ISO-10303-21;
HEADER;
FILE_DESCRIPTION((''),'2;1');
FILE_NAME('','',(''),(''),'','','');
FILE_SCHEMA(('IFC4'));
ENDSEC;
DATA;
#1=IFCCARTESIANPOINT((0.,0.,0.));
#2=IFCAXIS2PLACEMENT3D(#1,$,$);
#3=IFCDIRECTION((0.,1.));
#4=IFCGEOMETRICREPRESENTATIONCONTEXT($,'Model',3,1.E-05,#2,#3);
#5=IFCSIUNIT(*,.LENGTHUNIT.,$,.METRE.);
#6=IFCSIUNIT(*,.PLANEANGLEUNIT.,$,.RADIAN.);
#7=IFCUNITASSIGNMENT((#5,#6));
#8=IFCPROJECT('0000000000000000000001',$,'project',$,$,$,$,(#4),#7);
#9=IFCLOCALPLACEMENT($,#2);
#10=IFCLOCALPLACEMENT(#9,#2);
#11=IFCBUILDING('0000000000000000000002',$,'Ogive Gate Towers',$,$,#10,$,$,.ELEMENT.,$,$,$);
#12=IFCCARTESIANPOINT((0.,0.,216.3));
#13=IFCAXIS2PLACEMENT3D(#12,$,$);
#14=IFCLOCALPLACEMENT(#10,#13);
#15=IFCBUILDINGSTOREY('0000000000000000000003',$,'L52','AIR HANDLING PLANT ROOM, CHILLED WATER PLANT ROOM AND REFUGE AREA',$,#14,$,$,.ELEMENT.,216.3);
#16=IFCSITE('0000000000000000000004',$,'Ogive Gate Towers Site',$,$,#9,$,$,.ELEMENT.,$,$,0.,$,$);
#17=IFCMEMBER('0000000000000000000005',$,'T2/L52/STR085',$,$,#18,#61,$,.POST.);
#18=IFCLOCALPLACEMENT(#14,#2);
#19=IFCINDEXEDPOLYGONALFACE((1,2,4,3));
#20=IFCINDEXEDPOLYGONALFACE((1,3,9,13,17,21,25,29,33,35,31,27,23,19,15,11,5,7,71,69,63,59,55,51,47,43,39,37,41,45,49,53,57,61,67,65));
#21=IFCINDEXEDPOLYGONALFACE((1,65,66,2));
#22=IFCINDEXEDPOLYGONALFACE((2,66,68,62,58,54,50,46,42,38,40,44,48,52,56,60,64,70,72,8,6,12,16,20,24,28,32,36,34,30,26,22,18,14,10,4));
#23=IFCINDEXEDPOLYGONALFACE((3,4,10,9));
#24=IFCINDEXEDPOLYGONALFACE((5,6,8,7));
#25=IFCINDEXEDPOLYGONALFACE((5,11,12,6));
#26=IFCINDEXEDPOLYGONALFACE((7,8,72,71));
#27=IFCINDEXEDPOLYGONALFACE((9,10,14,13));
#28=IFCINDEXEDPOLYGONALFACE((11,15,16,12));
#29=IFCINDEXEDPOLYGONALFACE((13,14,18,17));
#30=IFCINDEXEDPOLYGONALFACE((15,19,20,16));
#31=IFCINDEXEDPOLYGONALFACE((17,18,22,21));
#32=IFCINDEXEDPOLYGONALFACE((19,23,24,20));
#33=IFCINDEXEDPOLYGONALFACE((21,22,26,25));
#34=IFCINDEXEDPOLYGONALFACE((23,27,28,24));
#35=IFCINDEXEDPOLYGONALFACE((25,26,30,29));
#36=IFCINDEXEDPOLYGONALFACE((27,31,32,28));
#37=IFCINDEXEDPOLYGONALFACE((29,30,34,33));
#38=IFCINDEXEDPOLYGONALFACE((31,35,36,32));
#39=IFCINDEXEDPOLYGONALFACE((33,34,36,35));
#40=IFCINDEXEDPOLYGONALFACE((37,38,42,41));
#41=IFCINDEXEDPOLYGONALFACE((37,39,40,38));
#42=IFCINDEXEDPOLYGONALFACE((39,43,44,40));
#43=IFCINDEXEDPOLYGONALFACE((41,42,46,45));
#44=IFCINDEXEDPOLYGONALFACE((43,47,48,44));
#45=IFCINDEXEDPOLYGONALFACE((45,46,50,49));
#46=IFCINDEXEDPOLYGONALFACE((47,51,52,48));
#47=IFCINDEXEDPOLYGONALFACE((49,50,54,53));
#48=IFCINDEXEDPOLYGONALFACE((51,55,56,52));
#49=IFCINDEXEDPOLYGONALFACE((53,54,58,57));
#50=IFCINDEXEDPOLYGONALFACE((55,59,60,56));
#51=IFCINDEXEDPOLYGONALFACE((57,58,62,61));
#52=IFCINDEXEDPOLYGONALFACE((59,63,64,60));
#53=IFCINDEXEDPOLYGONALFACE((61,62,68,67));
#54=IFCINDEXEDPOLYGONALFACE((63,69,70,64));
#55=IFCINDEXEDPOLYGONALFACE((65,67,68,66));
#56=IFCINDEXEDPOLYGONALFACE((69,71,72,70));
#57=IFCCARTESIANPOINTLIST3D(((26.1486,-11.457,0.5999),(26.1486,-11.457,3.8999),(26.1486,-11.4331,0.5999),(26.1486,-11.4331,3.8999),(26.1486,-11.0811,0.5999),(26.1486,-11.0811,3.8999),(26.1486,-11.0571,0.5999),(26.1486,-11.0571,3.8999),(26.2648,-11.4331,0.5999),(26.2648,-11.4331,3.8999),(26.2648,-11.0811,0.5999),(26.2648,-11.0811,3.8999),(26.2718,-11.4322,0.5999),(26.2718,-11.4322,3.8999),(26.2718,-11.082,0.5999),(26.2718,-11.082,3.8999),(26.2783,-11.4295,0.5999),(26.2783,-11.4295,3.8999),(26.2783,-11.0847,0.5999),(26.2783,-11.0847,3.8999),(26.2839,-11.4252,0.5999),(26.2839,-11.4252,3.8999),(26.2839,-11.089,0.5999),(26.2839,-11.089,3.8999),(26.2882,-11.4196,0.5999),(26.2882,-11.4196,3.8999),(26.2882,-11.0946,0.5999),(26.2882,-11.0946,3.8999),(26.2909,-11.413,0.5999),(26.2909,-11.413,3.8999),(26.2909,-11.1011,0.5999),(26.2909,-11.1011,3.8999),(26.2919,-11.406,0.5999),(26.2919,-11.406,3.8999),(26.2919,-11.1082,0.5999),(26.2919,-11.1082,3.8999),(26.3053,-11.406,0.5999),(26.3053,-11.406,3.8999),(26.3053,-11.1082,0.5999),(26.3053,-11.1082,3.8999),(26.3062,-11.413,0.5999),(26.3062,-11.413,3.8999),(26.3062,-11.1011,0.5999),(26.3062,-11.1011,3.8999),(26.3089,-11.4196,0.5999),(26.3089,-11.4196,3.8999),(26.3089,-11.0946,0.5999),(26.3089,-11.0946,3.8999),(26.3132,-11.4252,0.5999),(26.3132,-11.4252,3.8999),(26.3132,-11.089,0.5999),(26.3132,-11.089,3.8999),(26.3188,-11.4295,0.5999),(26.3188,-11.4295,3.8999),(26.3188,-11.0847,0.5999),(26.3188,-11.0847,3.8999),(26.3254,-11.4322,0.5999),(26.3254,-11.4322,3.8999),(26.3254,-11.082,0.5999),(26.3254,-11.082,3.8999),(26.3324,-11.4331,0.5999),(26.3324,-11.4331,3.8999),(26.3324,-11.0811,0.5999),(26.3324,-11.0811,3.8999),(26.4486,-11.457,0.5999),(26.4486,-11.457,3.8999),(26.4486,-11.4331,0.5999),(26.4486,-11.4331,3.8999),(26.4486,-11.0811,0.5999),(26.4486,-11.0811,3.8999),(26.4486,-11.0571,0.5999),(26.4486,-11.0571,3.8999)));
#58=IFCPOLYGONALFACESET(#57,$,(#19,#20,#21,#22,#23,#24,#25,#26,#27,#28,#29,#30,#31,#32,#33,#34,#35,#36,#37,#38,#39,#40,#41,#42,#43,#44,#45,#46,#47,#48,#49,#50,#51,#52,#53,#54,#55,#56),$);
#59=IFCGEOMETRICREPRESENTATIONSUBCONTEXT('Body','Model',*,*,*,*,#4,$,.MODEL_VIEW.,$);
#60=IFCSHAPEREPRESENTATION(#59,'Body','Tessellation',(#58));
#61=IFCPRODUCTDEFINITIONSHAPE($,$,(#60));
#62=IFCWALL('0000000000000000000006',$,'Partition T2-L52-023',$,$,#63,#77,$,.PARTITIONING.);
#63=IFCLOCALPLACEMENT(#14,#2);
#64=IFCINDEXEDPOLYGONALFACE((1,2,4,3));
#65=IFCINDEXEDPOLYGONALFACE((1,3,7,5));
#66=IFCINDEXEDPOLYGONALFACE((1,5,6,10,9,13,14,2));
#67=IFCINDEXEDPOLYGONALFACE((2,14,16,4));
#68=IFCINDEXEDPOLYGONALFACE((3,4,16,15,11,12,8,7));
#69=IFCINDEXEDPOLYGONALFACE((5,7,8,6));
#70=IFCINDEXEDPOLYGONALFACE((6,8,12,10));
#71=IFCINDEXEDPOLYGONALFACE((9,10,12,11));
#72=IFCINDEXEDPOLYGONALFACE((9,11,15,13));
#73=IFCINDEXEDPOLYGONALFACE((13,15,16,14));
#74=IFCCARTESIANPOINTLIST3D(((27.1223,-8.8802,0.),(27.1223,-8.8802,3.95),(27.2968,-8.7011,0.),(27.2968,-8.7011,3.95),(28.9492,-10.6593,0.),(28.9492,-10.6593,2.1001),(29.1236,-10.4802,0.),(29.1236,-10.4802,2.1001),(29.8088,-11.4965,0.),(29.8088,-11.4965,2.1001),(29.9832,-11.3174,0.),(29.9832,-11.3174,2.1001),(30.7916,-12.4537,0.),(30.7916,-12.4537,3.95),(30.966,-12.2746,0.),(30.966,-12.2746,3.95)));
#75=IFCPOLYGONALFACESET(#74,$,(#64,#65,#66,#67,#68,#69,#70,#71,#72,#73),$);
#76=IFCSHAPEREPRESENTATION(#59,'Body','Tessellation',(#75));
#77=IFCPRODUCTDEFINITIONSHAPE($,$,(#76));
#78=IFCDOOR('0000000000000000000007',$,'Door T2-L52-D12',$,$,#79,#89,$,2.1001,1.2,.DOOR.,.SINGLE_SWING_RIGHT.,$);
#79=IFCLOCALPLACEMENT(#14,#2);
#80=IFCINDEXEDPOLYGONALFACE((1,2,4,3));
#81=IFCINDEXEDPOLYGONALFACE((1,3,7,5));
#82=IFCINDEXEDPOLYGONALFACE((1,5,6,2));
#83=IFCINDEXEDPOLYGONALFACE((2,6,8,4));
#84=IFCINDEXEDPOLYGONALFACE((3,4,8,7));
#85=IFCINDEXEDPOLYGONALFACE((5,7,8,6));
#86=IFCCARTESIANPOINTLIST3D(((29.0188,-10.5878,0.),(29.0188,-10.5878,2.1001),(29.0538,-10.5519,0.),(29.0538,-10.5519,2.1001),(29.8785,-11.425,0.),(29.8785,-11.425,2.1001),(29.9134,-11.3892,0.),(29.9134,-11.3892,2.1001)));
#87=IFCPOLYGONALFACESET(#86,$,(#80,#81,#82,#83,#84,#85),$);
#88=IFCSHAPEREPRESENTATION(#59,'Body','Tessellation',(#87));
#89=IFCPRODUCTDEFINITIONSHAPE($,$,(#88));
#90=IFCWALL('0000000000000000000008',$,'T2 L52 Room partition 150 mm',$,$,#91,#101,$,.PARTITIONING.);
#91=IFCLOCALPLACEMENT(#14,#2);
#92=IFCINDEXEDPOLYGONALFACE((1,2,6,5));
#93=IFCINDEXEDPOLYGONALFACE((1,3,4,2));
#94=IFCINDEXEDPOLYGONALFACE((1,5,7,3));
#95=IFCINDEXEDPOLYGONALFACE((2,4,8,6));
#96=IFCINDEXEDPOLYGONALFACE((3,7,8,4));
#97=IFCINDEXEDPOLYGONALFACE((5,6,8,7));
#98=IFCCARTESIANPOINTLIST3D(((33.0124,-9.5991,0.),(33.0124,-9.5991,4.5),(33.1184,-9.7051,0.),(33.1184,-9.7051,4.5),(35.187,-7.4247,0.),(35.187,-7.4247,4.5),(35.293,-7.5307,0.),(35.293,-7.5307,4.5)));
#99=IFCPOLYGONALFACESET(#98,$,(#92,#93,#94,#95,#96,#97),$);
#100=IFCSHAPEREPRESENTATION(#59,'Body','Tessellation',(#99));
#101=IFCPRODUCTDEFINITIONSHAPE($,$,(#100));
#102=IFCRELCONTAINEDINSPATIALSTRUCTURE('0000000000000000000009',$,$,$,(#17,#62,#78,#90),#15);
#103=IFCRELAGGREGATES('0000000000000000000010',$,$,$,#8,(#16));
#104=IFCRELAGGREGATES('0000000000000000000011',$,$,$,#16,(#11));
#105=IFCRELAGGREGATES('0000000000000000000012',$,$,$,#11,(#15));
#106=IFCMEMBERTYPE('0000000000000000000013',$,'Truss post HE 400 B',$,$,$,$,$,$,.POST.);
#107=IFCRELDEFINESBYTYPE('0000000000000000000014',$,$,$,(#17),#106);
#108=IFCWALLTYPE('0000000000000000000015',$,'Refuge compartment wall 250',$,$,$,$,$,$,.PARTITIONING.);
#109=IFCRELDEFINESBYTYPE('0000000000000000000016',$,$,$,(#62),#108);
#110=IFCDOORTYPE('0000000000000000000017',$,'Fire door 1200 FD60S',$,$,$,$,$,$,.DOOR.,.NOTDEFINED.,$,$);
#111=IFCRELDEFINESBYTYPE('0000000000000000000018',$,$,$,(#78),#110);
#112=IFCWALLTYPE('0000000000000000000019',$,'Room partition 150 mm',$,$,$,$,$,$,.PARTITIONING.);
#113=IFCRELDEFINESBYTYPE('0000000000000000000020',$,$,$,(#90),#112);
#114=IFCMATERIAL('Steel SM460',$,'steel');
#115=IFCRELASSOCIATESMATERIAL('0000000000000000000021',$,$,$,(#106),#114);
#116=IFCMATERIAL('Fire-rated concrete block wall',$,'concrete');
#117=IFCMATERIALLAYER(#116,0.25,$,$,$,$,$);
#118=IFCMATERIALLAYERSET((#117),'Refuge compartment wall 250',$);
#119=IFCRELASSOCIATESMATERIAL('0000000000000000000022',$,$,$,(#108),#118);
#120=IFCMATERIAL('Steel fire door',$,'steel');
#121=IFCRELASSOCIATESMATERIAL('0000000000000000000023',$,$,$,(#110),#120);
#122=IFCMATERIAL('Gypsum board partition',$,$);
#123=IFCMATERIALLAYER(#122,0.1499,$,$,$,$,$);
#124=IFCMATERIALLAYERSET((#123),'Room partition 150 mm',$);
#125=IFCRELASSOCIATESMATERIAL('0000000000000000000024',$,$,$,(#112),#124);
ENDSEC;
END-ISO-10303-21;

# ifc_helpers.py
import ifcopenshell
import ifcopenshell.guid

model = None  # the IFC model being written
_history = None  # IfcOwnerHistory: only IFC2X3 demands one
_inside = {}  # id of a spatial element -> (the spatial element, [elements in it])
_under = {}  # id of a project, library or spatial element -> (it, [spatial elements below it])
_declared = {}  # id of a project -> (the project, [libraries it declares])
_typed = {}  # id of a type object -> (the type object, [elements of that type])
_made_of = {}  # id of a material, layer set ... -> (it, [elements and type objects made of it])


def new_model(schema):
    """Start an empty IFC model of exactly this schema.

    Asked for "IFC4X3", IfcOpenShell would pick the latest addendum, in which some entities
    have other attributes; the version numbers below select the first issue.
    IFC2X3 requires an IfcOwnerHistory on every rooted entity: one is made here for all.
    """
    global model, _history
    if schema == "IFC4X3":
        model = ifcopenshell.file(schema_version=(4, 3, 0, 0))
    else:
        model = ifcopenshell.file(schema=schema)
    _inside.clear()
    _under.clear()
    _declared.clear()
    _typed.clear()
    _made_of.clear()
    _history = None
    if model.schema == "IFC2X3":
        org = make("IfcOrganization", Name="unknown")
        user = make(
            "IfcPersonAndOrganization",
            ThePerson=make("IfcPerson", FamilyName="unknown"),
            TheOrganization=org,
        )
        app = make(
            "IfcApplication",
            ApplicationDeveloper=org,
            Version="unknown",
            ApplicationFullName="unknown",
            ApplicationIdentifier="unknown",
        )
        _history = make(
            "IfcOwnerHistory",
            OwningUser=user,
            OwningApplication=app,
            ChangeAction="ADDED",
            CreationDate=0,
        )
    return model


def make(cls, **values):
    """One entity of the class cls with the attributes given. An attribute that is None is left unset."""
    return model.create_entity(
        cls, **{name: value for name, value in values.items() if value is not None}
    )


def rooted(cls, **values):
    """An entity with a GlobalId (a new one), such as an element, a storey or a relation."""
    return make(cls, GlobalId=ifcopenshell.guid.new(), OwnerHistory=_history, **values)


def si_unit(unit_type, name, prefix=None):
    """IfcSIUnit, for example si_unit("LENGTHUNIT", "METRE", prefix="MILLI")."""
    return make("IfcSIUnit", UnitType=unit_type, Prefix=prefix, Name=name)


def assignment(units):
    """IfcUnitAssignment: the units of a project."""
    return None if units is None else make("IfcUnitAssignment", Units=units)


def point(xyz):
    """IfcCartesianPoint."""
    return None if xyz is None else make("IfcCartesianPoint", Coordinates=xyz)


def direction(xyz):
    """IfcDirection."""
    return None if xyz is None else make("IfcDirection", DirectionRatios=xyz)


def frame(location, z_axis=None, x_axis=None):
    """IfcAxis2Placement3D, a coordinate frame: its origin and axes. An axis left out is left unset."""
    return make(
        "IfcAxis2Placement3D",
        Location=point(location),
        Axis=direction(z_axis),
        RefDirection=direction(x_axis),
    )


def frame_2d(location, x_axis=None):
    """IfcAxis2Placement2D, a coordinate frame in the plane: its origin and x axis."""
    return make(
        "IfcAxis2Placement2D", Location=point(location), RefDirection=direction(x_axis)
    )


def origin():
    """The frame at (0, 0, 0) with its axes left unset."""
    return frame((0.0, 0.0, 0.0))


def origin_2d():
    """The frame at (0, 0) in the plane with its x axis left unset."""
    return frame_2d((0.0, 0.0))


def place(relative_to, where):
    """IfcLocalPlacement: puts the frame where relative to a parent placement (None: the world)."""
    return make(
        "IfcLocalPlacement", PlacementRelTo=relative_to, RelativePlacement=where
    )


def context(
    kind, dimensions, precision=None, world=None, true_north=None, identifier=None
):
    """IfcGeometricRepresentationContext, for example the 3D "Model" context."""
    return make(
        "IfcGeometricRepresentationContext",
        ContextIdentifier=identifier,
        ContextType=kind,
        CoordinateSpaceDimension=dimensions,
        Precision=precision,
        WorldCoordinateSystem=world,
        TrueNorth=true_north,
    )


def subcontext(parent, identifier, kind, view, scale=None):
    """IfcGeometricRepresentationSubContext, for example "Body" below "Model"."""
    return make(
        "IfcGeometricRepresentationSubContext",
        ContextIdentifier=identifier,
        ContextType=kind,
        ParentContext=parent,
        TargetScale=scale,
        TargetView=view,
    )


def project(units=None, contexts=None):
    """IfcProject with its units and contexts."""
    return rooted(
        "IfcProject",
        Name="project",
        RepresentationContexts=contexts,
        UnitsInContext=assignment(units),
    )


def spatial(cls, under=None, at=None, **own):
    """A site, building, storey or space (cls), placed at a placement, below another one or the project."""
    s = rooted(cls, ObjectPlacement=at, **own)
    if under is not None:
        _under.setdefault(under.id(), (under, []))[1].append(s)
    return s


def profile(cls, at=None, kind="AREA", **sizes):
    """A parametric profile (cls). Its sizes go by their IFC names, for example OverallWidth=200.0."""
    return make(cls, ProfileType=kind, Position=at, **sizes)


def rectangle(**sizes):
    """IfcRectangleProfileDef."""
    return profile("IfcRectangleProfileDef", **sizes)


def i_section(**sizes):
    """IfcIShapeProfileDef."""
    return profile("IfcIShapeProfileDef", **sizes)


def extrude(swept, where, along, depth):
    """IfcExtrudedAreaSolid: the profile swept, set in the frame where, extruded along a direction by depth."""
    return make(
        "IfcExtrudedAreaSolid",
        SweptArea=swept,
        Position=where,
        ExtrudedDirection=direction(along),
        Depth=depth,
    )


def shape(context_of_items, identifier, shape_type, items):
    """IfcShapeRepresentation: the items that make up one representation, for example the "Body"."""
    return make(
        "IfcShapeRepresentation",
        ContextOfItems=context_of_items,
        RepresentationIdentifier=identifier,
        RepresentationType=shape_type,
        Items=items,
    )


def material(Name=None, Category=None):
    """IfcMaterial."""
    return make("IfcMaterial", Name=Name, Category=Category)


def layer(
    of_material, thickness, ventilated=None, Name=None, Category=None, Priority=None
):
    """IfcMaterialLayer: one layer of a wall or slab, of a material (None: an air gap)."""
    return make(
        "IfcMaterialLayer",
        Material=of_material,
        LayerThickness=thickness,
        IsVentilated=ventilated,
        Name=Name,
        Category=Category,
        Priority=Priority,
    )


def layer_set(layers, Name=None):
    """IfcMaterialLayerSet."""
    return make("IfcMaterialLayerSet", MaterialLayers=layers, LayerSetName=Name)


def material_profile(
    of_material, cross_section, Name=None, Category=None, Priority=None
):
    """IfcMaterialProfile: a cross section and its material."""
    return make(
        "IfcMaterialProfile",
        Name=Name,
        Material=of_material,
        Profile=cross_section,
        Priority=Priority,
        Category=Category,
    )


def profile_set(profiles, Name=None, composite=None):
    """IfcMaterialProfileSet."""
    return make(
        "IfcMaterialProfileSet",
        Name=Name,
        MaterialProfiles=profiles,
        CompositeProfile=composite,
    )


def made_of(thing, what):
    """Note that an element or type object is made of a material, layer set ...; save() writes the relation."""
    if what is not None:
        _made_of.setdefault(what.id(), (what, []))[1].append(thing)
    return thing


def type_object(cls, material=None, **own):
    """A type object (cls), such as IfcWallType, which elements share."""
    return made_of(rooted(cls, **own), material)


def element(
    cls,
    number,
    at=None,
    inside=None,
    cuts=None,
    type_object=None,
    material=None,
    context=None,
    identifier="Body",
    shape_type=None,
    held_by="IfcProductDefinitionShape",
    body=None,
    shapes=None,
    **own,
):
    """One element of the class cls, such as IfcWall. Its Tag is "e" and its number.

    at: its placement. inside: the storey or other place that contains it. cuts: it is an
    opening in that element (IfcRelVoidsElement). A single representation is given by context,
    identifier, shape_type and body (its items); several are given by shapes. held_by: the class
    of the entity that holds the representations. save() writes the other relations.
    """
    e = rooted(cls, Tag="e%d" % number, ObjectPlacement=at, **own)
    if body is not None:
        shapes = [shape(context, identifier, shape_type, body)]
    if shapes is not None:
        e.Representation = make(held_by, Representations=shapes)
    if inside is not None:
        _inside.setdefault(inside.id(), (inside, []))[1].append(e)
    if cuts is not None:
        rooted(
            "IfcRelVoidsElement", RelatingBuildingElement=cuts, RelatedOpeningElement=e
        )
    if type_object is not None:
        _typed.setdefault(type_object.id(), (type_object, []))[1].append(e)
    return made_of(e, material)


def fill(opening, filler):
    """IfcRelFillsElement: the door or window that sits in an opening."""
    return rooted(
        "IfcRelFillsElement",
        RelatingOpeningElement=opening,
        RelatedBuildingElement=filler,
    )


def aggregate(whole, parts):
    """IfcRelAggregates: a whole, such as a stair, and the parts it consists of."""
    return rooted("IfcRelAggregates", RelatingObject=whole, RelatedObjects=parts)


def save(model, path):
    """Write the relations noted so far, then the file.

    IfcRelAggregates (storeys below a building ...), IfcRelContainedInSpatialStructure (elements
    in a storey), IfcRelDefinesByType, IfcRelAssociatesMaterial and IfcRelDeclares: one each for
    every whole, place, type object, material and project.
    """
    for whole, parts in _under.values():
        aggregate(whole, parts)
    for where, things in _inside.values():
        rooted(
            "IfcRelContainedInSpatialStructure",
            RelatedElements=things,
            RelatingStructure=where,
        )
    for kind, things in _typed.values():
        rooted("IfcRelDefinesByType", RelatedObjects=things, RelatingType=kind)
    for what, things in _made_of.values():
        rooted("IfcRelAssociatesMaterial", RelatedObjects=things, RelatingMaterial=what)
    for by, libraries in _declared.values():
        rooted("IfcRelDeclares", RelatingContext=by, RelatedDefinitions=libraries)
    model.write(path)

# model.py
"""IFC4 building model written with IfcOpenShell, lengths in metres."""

from ifc_helpers import new_model, si_unit, direction, frame, frame_2d, origin, origin_2d, place, context, subcontext, project, spatial, rectangle, i_section, extrude, material, layer, layer_set, material_profile, profile_set, type_object, element, fill, save


model = new_model("IFC4")

# Units and contexts
model_context = context("Model", 3, precision=1e-05, world=origin(), true_north=direction((0.0, 1.0)))
body_context = subcontext(model_context, "Body", "Model", "MODEL_VIEW")
ifc_project = project(units=[si_unit("LENGTHUNIT", "METRE"), si_unit("PLANEANGLEUNIT", "RADIAN")], contexts=[model_context])

# Site, building, storey
site_placement = place(None, origin())
site = spatial("IfcSite", under=ifc_project, at=site_placement, Name="Ogive Gate Towers Site", CompositionType="ELEMENT", RefElevation=0.0)
building_placement = place(site_placement, origin())
building = spatial("IfcBuilding", under=site, at=building_placement, Name="Ogive Gate Towers", CompositionType="ELEMENT")
storey_placement = place(building_placement, frame((0.0, 0.0, 216.3)))
storey = spatial("IfcBuildingStorey", under=building, at=storey_placement, Name="L52", Description="AIR HANDLING PLANT ROOM, CHILLED WATER PLANT ROOM AND REFUGE AREA", CompositionType="ELEMENT", Elevation=216.3)

# Member
ifc_material_1 = material(Name="Steel SM460", Category="steel")
ifc_material_profile_1 = material_profile(ifc_material_1, i_section(OverallWidth=0.3, OverallDepth=0.3999, WebThickness=0.0134, FlangeThickness=0.0239, FilletRadius=0.0271, at=origin_2d()), Name="HE 400 B")
ifc_profile_set_1 = profile_set([ifc_material_profile_1], Name="Steel SM460")
member_type_1 = type_object("IfcMemberType", Name="Truss post HE 400 B", PredefinedType="POST", material=ifc_profile_set_1)
for number, where, z_axis, x_axis, name in (
    (1, (26.2986, -11.2571, 0.5999), (0.0, 0.0, 1.0), (1.0, 0.0, 0.0), "T2/L52/STR085"),
):
    element("IfcMember", number, at=place(storey_placement, frame(where, z_axis=z_axis, x_axis=x_axis)), inside=storey, type_object=member_type_1, Name=name, PredefinedType="POST", context=body_context, shape_type="SweptSolid", body=[
        extrude(i_section(OverallWidth=0.3, OverallDepth=0.3999, WebThickness=0.0134, FlangeThickness=0.0239, FilletRadius=0.0271, at=origin_2d()), origin(), (0.0, 0.0, 1.0), 3.3),
    ])

# Wall, opening, door
ifc_material_2 = material(Name="Fire-rated concrete block wall", Category="concrete")
ifc_layer_1 = layer(ifc_material_2, 0.25)
ifc_layer_set_1 = layer_set([ifc_layer_1], Name="Refuge compartment wall 250")
wall_type_1 = type_object("IfcWallType", Name="Refuge compartment wall 250", PredefinedType="PARTITIONING", material=ifc_layer_set_1)
wall_1_placement = place(storey_placement, frame((27.2095, -8.7905, 0.0), z_axis=(0.0, 0.0, 1.0), x_axis=(0.716388, -0.697702, 0.0)))
wall_1 = element("IfcWall", 2, at=wall_1_placement, inside=storey, type_object=wall_type_1, Name="Partition T2-L52-023", PredefinedType="PARTITIONING", context=body_context, shape_type="SweptSolid", body=[
    extrude(rectangle(XDim=5.1218, YDim=0.25, at=frame_2d((2.561, 0.0))), origin(), (0.0, 0.0, 1.0), 3.95),
])
opening_placement = place(wall_1_placement, frame((2.55, 0.0, 0.0)))
opening = element("IfcOpeningElement", 3, at=opening_placement, cuts=wall_1, PredefinedType="OPENING", context=body_context, shape_type="SweptSolid", body=[
    extrude(rectangle(XDim=1.2, YDim=2.1001, at=frame_2d((0.6001, 1.05))), frame((0.0, 0.135, 0.0), z_axis=(0.0, -1.0, 0.0), x_axis=(1.0, 0.0, 0.0)), (0.0, 0.0, 1.0), 0.27),
])
ifc_material_3 = material(Name="Steel fire door", Category="steel")
door_type = type_object("IfcDoorType", Name="Fire door 1200 FD60S", OperationType="NOTDEFINED", PredefinedType="DOOR", material=ifc_material_3)
door_placement = place(opening_placement, origin())
door = element("IfcDoor", 4, at=door_placement, inside=storey, type_object=door_type, Name="Door T2-L52-D12", OperationType="SINGLE_SWING_RIGHT", OverallHeight=2.1001, OverallWidth=1.2, PredefinedType="DOOR", context=body_context, shape_type="SweptSolid", body=[
    extrude(rectangle(XDim=1.2, YDim=2.1001, at=frame_2d((0.6001, 1.05))), frame((0.0, 0.0249, 0.0), z_axis=(0.0, -1.0, 0.0), x_axis=(1.0, 0.0, 0.0)), (0.0, 0.0, 1.0), 0.05),
])
fill(opening, door)

# Wall
ifc_material_4 = material(Name="Gypsum board partition")
ifc_layer_2 = layer(ifc_material_4, 0.1499)
ifc_layer_set_2 = layer_set([ifc_layer_2], Name="Room partition 150 mm")
wall_type_2 = type_object("IfcWallType", Name="Room partition 150 mm", PredefinedType="PARTITIONING", material=ifc_layer_set_2)
wall_2_placement = place(storey_placement, frame((33.0654, -9.6521, 0.0), z_axis=(0.0, 0.0, 1.0), x_axis=(0.707146, 0.707067, 0.0)))
element("IfcWall", 5, at=wall_2_placement, inside=storey, type_object=wall_type_2, Name="T2 L52 Room partition 150 mm", PredefinedType="PARTITIONING", context=body_context, shape_type="SweptSolid", body=[
    extrude(rectangle(XDim=3.0752, YDim=0.1499, at=frame_2d((1.5376, 0.0))), origin(), (0.0, 0.0, 1.0), 4.5),
])

save(model, "model.ifc")
